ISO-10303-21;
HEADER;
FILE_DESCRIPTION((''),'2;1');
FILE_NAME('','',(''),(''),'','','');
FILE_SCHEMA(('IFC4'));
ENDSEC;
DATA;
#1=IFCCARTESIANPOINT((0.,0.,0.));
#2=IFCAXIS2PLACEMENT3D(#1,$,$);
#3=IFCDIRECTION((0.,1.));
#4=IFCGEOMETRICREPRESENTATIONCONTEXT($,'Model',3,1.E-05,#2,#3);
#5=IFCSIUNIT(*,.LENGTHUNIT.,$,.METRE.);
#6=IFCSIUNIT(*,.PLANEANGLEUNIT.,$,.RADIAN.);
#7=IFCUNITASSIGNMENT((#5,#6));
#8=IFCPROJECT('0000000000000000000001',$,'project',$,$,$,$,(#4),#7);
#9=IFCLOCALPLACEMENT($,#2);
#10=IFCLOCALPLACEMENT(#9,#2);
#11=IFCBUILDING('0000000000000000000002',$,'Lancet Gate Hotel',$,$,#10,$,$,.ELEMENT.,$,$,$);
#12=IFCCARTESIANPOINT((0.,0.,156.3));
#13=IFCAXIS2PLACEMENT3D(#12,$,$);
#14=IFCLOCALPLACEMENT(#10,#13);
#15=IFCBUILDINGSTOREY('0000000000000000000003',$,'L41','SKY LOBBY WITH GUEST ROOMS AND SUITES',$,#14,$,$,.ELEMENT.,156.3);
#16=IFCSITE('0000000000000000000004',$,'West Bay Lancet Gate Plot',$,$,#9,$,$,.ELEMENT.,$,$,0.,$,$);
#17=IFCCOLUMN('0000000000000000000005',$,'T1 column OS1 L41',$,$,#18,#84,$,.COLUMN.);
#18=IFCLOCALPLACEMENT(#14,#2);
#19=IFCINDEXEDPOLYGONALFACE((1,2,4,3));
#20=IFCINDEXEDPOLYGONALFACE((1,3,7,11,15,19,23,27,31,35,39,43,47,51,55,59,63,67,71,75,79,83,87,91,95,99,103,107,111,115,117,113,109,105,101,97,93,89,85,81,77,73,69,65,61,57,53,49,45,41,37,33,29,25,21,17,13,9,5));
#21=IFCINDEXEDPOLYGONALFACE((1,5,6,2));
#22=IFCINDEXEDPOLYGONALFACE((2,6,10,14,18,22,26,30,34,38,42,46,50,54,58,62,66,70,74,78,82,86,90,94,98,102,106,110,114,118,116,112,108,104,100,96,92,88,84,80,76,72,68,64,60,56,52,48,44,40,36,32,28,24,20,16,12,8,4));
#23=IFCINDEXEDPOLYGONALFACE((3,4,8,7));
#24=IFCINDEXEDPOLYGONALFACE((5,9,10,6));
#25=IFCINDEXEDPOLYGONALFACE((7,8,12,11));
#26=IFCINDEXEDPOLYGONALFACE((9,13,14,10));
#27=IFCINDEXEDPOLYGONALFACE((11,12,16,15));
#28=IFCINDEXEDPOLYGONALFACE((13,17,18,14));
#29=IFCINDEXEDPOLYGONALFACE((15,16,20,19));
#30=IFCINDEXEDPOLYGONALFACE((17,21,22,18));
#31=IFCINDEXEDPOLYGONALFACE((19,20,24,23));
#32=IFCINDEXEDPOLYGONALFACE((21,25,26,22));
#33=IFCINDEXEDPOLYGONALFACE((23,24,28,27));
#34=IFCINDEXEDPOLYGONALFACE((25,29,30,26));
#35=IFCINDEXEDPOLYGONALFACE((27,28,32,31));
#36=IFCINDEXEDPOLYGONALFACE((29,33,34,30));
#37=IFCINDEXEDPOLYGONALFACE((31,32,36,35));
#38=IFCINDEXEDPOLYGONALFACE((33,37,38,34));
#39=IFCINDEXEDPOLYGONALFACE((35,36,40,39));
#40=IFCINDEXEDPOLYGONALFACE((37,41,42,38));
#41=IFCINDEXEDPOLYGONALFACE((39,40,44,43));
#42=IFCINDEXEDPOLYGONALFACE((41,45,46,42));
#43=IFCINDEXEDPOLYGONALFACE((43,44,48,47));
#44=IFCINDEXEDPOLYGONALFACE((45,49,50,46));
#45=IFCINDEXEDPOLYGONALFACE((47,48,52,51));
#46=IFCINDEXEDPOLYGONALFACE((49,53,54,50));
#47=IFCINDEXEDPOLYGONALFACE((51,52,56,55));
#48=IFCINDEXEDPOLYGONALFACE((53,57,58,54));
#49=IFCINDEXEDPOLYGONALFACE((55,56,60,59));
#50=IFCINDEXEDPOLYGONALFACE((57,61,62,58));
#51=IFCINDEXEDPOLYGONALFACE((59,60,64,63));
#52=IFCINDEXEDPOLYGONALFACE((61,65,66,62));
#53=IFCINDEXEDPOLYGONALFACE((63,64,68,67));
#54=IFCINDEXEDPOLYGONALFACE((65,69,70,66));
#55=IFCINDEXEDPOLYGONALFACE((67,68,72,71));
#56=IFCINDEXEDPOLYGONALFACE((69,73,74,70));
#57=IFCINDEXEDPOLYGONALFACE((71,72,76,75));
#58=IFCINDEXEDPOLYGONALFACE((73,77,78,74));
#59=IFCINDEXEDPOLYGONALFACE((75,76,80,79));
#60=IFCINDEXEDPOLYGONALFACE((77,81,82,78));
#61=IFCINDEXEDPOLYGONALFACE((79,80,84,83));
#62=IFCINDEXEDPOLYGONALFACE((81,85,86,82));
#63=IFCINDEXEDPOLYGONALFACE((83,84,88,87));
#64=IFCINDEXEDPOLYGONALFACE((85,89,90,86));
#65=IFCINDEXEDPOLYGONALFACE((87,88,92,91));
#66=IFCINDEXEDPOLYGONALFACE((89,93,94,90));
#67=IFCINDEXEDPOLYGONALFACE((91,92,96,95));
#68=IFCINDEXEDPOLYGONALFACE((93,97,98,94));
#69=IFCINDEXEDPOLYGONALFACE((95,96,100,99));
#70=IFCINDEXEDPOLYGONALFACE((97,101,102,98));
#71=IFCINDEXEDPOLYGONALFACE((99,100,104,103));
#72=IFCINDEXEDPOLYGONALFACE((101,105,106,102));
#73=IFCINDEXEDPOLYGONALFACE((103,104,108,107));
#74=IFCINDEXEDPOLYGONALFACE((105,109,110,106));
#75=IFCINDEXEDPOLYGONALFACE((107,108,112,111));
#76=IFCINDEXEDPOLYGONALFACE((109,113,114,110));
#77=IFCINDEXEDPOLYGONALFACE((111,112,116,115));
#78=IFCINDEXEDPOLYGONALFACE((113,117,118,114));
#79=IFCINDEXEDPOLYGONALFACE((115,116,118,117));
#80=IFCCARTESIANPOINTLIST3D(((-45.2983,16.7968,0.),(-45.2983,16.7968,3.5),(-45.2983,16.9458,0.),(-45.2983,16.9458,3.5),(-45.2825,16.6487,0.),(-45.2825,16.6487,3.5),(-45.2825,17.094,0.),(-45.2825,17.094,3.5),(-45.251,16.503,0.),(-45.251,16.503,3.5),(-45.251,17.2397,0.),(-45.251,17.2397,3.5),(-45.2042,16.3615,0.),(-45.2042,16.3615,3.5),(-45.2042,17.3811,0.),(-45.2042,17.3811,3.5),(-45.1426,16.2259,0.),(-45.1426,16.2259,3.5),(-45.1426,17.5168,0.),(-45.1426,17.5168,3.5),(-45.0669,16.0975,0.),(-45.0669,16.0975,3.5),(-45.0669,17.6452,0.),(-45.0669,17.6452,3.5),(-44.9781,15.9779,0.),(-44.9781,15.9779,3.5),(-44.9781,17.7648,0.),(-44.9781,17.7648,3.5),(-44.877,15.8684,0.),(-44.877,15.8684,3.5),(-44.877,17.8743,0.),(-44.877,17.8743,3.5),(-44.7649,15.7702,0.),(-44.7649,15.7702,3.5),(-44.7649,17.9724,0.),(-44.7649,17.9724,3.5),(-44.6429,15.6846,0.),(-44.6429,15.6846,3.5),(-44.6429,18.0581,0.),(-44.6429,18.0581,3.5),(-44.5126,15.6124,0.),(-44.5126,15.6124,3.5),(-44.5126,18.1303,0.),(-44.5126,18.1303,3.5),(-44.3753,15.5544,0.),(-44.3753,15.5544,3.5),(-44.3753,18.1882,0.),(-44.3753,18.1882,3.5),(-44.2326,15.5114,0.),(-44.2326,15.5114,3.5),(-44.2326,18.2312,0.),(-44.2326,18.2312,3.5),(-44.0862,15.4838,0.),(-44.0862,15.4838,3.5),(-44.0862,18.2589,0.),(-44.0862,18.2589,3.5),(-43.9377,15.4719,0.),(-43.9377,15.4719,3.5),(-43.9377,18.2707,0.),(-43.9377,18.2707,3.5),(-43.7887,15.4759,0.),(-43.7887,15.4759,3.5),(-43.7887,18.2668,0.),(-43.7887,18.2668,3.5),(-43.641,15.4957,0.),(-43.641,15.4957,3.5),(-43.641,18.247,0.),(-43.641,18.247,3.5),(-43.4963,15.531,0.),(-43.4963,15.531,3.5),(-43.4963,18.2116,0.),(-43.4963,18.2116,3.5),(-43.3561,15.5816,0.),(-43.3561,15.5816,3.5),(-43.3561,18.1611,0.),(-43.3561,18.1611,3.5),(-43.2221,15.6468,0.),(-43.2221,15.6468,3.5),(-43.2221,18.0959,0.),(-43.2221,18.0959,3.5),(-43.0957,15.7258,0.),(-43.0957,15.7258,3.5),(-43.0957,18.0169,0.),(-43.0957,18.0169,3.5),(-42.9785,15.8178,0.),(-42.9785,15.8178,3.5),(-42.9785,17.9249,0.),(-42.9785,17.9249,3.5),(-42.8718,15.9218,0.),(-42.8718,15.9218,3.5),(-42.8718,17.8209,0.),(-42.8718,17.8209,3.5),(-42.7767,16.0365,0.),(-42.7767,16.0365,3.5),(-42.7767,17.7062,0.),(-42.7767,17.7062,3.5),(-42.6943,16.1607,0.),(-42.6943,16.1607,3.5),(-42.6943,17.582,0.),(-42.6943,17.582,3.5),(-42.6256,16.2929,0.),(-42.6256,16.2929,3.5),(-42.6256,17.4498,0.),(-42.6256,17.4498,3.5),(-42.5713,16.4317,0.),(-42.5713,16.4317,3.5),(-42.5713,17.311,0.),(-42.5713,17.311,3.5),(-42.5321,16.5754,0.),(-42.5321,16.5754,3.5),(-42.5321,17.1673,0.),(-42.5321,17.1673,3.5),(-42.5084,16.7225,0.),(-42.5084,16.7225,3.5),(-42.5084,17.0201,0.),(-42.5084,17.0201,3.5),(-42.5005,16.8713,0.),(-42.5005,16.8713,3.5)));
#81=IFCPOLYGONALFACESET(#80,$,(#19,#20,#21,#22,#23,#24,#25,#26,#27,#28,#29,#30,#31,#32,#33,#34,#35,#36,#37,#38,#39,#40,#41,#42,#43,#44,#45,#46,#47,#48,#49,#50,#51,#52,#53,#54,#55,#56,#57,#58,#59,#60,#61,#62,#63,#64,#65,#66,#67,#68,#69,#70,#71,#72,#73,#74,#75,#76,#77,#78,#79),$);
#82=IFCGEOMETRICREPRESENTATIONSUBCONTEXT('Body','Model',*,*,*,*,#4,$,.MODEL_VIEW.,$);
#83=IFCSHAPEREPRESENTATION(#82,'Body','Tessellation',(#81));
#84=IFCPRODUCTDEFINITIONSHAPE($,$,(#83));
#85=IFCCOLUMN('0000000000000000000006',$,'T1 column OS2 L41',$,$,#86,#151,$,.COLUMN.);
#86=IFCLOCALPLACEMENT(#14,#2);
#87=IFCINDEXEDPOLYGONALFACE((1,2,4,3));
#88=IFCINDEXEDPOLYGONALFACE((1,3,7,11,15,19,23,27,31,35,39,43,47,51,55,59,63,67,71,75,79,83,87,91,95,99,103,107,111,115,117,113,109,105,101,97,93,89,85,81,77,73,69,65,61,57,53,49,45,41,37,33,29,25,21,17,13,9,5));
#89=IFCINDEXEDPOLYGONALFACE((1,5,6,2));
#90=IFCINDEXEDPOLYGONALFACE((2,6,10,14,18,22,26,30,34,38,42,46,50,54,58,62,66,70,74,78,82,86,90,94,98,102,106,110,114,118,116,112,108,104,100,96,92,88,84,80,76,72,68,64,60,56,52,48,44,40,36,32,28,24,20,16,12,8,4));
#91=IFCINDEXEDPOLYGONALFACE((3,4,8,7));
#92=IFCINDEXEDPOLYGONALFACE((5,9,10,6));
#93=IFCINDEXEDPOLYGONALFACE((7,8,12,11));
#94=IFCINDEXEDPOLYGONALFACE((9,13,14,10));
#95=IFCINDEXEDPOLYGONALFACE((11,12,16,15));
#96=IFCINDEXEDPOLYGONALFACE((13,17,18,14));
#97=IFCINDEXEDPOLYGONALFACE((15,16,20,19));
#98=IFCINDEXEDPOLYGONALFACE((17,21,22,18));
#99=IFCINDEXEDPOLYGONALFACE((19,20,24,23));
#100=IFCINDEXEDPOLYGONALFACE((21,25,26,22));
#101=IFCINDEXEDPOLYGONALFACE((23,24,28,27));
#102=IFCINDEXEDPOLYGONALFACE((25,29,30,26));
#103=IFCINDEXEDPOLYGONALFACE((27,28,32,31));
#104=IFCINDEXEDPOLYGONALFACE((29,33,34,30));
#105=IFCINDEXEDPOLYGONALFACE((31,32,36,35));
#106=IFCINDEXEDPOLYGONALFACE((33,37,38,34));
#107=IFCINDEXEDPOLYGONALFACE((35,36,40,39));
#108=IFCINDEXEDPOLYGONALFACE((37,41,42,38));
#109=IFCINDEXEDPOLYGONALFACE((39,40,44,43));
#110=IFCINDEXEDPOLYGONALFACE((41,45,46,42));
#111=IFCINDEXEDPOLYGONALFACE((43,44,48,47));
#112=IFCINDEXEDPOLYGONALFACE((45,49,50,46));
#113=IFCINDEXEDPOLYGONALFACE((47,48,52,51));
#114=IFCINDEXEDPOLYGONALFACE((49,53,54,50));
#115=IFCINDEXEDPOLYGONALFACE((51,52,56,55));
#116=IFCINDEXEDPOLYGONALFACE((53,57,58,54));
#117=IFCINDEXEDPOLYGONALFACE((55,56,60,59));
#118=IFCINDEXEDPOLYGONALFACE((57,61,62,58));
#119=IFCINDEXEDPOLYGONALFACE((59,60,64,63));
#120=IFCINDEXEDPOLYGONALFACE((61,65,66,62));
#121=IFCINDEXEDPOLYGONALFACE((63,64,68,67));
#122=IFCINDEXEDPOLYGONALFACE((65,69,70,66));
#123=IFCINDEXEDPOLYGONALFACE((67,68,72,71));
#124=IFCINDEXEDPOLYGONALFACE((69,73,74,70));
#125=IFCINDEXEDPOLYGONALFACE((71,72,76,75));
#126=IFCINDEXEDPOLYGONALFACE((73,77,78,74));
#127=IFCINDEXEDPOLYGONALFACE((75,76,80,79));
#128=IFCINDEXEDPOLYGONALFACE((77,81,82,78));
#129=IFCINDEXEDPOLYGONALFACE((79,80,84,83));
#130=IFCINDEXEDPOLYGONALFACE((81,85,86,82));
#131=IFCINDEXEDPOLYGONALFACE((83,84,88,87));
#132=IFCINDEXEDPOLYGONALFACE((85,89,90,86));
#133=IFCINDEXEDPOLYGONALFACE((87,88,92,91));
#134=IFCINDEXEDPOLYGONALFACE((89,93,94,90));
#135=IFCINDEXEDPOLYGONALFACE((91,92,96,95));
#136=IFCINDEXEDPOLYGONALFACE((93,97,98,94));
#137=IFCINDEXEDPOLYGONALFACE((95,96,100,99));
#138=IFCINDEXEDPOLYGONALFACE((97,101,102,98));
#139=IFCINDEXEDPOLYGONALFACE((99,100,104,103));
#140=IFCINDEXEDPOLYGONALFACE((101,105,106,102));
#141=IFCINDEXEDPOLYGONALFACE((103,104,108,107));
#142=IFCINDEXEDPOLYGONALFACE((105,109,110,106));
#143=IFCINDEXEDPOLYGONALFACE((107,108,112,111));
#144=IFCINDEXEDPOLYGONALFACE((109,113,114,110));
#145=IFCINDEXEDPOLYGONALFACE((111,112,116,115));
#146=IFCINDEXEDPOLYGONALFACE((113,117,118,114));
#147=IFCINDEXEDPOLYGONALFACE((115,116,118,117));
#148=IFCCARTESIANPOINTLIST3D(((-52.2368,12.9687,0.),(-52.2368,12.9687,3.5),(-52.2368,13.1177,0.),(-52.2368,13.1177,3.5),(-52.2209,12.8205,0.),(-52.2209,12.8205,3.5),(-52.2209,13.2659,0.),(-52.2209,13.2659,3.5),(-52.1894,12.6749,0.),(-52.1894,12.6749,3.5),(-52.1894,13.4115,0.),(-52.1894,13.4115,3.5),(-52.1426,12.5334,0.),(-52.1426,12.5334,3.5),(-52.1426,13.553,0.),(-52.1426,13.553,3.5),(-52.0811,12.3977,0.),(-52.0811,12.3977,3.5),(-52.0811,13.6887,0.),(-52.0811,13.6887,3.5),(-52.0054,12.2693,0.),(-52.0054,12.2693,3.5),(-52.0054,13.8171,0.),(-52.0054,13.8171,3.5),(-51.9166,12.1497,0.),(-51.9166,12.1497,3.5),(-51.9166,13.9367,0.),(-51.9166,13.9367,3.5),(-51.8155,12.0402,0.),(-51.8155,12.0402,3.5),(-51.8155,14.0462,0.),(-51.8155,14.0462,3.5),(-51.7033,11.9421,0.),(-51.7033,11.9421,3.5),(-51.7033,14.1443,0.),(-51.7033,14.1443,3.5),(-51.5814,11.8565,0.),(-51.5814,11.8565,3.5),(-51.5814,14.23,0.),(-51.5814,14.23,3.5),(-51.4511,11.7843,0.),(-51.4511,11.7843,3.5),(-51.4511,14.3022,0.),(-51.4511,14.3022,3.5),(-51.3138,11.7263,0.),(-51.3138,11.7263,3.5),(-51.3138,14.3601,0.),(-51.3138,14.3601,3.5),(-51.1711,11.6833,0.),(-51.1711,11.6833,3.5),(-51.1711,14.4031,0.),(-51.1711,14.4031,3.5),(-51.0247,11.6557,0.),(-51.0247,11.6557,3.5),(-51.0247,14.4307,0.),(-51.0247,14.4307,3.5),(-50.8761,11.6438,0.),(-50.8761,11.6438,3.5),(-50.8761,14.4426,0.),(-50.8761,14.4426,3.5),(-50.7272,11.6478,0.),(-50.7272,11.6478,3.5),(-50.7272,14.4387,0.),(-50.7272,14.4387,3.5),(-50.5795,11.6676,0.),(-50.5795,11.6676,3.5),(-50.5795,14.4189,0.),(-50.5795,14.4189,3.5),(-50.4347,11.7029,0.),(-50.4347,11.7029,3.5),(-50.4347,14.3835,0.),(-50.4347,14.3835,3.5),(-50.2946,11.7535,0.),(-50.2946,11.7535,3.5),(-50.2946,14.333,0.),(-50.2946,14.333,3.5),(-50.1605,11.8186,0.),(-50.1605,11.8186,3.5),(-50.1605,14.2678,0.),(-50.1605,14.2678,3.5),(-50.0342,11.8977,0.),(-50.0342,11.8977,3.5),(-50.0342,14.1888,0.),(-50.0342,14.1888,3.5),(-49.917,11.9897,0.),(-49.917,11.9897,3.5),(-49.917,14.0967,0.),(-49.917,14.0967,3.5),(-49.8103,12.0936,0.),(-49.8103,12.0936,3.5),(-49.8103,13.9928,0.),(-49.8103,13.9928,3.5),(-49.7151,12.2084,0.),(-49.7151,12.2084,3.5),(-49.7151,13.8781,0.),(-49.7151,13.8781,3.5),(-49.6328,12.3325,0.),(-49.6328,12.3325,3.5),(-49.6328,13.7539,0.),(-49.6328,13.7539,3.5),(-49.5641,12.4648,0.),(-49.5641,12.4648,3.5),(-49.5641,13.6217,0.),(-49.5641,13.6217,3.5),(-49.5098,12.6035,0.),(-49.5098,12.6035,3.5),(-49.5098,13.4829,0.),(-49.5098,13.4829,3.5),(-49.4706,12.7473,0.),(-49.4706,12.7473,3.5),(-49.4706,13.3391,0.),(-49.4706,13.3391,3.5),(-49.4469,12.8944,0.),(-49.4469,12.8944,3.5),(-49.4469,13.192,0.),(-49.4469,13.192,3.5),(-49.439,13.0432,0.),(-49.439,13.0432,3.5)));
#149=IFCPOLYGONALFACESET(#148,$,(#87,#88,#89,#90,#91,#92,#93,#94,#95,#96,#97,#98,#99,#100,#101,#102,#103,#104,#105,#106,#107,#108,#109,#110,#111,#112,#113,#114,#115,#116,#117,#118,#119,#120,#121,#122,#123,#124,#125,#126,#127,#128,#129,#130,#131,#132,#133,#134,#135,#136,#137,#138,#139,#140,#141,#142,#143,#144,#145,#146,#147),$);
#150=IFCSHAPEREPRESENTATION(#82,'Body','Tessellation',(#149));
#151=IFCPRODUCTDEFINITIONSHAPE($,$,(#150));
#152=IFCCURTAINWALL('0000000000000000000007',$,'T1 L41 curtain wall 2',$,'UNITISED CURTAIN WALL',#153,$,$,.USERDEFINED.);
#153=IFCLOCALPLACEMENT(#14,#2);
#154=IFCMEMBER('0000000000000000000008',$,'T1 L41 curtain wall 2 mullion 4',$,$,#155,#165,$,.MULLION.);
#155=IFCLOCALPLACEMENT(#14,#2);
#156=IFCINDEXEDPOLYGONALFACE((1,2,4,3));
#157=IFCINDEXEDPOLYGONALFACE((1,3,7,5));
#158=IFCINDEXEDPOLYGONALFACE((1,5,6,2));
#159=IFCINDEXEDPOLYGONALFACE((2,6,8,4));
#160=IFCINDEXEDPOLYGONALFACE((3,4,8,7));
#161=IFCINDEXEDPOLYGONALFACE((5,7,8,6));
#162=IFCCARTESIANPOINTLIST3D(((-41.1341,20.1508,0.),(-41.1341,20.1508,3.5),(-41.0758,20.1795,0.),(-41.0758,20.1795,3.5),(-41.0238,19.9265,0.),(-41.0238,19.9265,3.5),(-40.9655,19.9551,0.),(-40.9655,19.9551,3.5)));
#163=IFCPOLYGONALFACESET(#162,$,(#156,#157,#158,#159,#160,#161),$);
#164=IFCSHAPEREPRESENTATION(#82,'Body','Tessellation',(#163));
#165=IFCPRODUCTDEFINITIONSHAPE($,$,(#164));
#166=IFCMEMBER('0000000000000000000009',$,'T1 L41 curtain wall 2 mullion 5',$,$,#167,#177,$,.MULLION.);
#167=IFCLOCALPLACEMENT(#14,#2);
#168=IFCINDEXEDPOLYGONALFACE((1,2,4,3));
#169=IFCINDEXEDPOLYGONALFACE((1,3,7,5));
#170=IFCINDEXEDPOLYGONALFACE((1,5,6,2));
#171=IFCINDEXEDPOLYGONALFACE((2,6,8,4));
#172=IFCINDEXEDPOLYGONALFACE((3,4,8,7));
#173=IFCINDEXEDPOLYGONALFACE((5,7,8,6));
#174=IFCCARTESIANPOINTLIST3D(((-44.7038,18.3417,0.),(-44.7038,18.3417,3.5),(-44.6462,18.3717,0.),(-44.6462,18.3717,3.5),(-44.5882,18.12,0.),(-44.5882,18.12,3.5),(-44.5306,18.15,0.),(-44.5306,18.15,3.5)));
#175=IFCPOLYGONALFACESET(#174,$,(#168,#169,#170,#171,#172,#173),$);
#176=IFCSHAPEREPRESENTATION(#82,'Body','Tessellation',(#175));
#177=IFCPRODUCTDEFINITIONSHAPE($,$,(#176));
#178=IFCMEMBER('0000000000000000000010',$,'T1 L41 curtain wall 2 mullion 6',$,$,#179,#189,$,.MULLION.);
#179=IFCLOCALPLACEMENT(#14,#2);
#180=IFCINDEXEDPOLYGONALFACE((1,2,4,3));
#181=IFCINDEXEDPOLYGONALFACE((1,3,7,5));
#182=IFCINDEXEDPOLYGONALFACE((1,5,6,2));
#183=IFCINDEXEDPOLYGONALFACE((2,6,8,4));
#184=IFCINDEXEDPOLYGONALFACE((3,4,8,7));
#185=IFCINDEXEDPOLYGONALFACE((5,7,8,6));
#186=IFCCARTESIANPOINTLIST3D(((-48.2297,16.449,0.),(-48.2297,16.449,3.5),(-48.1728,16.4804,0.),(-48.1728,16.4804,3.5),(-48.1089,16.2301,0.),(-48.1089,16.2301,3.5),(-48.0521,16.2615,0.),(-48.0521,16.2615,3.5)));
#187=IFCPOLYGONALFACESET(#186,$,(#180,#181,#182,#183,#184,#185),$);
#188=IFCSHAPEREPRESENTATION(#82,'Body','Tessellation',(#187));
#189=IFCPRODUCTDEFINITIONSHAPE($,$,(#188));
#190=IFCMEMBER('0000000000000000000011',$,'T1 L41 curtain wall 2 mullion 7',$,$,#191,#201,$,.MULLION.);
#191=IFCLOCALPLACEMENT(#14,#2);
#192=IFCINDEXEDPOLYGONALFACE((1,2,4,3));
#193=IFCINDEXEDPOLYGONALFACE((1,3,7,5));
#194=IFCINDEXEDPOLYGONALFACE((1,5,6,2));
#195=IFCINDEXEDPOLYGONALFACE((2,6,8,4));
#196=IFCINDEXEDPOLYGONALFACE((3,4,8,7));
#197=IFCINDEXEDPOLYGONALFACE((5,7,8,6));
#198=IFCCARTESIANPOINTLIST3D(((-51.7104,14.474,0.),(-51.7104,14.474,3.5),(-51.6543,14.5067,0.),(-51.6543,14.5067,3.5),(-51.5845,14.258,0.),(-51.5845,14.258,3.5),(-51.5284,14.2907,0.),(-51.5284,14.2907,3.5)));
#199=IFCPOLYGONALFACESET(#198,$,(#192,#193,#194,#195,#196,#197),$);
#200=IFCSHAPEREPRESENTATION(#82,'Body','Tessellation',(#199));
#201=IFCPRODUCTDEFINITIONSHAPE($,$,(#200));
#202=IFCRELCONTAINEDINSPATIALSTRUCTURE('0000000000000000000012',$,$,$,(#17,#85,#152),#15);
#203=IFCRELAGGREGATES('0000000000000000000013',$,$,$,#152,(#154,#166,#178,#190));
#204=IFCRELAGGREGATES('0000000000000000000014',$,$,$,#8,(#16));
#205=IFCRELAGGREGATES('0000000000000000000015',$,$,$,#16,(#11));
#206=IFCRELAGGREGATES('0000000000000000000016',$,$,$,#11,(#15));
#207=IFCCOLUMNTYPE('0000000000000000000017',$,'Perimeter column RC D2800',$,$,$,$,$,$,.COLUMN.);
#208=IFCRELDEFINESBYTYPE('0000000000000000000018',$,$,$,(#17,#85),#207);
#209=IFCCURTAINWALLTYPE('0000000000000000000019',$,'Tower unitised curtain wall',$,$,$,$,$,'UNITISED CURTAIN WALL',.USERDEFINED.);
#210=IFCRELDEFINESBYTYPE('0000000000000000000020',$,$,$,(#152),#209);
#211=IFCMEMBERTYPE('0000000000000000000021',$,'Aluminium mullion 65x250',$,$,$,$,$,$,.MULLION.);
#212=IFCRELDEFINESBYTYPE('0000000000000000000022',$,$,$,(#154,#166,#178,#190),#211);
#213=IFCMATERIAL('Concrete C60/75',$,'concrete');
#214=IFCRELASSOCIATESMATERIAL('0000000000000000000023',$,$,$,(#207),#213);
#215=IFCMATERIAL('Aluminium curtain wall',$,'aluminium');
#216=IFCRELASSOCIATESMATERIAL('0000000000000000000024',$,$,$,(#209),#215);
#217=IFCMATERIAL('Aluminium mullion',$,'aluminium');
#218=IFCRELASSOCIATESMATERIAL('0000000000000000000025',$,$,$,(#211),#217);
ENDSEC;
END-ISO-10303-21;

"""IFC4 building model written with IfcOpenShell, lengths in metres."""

from ifc_helpers import new_model, si_unit, direction, frame, origin, origin_2d, place, context, subcontext, project, spatial, rectangle, circle, extrude, material, material_profile, profile_set, type_object, element, aggregate, save


model = new_model("IFC4")

# Units and contexts
model_context = context("Model", 3, precision=1e-05, world=origin(), true_north=direction((0.0, 1.0)))
body_context = subcontext(model_context, "Body", "Model", "MODEL_VIEW")
ifc_project = project(units=[si_unit("LENGTHUNIT", "METRE"), si_unit("PLANEANGLEUNIT", "RADIAN")], contexts=[model_context])

# Site, building, storey
site_placement = place(None, origin())
site = spatial("IfcSite", under=ifc_project, at=site_placement, Name="West Bay Lancet Gate Plot", CompositionType="ELEMENT", RefElevation=0.0)
building_placement = place(site_placement, origin())
building = spatial("IfcBuilding", under=site, at=building_placement, Name="Lancet Gate Hotel", CompositionType="ELEMENT")
storey_placement = place(building_placement, frame((0.0, 0.0, 156.3)))
storey = spatial("IfcBuildingStorey", under=building, at=storey_placement, Name="L41", Description="SKY LOBBY WITH GUEST ROOMS AND SUITES", CompositionType="ELEMENT", Elevation=156.3)

# Columns
ifc_material_1 = material(Name="Concrete C60/75", Category="concrete")
ifc_material_profile_1 = material_profile(ifc_material_1, circle(Radius=1.3999, at=origin_2d()), Name="RC D2800")
ifc_profile_set_1 = profile_set([ifc_material_profile_1], Name="Concrete C60/75")
column_type = type_object("IfcColumnType", Name="Perimeter column RC D2800", PredefinedType="COLUMN", material=ifc_profile_set_1)
for number, where, z_axis, x_axis, name in (
    (1, (-43.9004, 16.8713, 0.0), (0.0, 0.0, 1.0), (1.0, 0.0, 0.0), "T1 column OS1 L41"),
    (2, (-50.8389, 13.0432, 0.0), (0.0, 0.0, 1.0), (1.0, 0.0, 0.0), "T1 column OS2 L41"),
):
    element("IfcColumn", number, at=place(storey_placement, frame(where, z_axis=z_axis, x_axis=x_axis)), inside=storey, type_object=column_type, Name=name, PredefinedType="COLUMN", context=body_context, shape_type="SweptSolid", body=[
        extrude(circle(Radius=1.3999, at=origin_2d()), origin(), (0.0, 0.0, 1.0), 3.5),
    ])

# Curtain wall, members
ifc_material_2 = material(Name="Aluminium curtain wall", Category="aluminium")
curtain_wall_type = type_object("IfcCurtainWallType", Name="Tower unitised curtain wall", ElementType="UNITISED CURTAIN WALL", PredefinedType="USERDEFINED", material=ifc_material_2)
curtain_wall_placement = place(storey_placement, origin())
curtain_wall = element("IfcCurtainWall", 3, at=curtain_wall_placement, inside=storey, type_object=curtain_wall_type, Name="T1 L41 curtain wall 2", ObjectType="UNITISED CURTAIN WALL", PredefinedType="USERDEFINED")
ifc_material_3 = material(Name="Aluminium mullion", Category="aluminium")
ifc_material_profile_2 = material_profile(ifc_material_3, rectangle(XDim=0.0649, YDim=0.25, at=origin_2d()), Name="MULLION 65x250")
ifc_profile_set_2 = profile_set([ifc_material_profile_2], Name="Aluminium mullion")
member_type_1 = type_object("IfcMemberType", Name="Aluminium mullion 65x250", PredefinedType="MULLION", material=ifc_profile_set_2)
member_1_placement = place(storey_placement, frame((-41.0498, 20.053, 0.0), z_axis=(0.0, 0.0, 1.0), x_axis=(-0.897324, -0.441372, 0.0)))
member_1 = element("IfcMember", 4, at=member_1_placement, type_object=member_type_1, Name="T1 L41 curtain wall 2 mullion 4", PredefinedType="MULLION", context=body_context, shape_type="SweptSolid", body=[
    extrude(rectangle(XDim=0.0649, YDim=0.25, at=origin_2d()), origin(), (0.0, 0.0, 1.0), 3.5),
])
member_2_placement = place(storey_placement, frame((-44.6172, 18.2458, 0.0), z_axis=(0.0, 0.0, 1.0), x_axis=(-0.886694, -0.462356, 0.0)))
member_2 = element("IfcMember", 5, at=member_2_placement, type_object=member_type_1, Name="T1 L41 curtain wall 2 mullion 5", PredefinedType="MULLION", context=body_context, shape_type="SweptSolid", body=[
    extrude(rectangle(XDim=0.0649, YDim=0.25, at=origin_2d()), origin(), (0.0, 0.0, 1.0), 3.5),
])
member_3_placement = place(storey_placement, frame((-48.1409, 16.3552, 0.0), z_axis=(0.0, 0.0, 1.0), x_axis=(-0.875574, -0.483084, 0.0)))
member_3 = element("IfcMember", 6, at=member_3_placement, type_object=member_type_1, Name="T1 L41 curtain wall 2 mullion 6", PredefinedType="MULLION", context=body_context, shape_type="SweptSolid", body=[
    extrude(rectangle(XDim=0.0649, YDim=0.25, at=origin_2d()), origin(), (0.0, 0.0, 1.0), 3.5),
])
member_4_placement = place(storey_placement, frame((-51.6194, 14.3823, 0.0), z_axis=(0.0, 0.0, 1.0), x_axis=(-0.863969, -0.503545, 0.0)))
member_4 = element("IfcMember", 7, at=member_4_placement, type_object=member_type_1, Name="T1 L41 curtain wall 2 mullion 7", PredefinedType="MULLION", context=body_context, shape_type="SweptSolid", body=[
    extrude(rectangle(XDim=0.0649, YDim=0.25, at=origin_2d()), origin(), (0.0, 0.0, 1.0), 3.5),
])

aggregate(curtain_wall, [member_1, member_2, member_3, member_4])

save(model, "model.ifc")
